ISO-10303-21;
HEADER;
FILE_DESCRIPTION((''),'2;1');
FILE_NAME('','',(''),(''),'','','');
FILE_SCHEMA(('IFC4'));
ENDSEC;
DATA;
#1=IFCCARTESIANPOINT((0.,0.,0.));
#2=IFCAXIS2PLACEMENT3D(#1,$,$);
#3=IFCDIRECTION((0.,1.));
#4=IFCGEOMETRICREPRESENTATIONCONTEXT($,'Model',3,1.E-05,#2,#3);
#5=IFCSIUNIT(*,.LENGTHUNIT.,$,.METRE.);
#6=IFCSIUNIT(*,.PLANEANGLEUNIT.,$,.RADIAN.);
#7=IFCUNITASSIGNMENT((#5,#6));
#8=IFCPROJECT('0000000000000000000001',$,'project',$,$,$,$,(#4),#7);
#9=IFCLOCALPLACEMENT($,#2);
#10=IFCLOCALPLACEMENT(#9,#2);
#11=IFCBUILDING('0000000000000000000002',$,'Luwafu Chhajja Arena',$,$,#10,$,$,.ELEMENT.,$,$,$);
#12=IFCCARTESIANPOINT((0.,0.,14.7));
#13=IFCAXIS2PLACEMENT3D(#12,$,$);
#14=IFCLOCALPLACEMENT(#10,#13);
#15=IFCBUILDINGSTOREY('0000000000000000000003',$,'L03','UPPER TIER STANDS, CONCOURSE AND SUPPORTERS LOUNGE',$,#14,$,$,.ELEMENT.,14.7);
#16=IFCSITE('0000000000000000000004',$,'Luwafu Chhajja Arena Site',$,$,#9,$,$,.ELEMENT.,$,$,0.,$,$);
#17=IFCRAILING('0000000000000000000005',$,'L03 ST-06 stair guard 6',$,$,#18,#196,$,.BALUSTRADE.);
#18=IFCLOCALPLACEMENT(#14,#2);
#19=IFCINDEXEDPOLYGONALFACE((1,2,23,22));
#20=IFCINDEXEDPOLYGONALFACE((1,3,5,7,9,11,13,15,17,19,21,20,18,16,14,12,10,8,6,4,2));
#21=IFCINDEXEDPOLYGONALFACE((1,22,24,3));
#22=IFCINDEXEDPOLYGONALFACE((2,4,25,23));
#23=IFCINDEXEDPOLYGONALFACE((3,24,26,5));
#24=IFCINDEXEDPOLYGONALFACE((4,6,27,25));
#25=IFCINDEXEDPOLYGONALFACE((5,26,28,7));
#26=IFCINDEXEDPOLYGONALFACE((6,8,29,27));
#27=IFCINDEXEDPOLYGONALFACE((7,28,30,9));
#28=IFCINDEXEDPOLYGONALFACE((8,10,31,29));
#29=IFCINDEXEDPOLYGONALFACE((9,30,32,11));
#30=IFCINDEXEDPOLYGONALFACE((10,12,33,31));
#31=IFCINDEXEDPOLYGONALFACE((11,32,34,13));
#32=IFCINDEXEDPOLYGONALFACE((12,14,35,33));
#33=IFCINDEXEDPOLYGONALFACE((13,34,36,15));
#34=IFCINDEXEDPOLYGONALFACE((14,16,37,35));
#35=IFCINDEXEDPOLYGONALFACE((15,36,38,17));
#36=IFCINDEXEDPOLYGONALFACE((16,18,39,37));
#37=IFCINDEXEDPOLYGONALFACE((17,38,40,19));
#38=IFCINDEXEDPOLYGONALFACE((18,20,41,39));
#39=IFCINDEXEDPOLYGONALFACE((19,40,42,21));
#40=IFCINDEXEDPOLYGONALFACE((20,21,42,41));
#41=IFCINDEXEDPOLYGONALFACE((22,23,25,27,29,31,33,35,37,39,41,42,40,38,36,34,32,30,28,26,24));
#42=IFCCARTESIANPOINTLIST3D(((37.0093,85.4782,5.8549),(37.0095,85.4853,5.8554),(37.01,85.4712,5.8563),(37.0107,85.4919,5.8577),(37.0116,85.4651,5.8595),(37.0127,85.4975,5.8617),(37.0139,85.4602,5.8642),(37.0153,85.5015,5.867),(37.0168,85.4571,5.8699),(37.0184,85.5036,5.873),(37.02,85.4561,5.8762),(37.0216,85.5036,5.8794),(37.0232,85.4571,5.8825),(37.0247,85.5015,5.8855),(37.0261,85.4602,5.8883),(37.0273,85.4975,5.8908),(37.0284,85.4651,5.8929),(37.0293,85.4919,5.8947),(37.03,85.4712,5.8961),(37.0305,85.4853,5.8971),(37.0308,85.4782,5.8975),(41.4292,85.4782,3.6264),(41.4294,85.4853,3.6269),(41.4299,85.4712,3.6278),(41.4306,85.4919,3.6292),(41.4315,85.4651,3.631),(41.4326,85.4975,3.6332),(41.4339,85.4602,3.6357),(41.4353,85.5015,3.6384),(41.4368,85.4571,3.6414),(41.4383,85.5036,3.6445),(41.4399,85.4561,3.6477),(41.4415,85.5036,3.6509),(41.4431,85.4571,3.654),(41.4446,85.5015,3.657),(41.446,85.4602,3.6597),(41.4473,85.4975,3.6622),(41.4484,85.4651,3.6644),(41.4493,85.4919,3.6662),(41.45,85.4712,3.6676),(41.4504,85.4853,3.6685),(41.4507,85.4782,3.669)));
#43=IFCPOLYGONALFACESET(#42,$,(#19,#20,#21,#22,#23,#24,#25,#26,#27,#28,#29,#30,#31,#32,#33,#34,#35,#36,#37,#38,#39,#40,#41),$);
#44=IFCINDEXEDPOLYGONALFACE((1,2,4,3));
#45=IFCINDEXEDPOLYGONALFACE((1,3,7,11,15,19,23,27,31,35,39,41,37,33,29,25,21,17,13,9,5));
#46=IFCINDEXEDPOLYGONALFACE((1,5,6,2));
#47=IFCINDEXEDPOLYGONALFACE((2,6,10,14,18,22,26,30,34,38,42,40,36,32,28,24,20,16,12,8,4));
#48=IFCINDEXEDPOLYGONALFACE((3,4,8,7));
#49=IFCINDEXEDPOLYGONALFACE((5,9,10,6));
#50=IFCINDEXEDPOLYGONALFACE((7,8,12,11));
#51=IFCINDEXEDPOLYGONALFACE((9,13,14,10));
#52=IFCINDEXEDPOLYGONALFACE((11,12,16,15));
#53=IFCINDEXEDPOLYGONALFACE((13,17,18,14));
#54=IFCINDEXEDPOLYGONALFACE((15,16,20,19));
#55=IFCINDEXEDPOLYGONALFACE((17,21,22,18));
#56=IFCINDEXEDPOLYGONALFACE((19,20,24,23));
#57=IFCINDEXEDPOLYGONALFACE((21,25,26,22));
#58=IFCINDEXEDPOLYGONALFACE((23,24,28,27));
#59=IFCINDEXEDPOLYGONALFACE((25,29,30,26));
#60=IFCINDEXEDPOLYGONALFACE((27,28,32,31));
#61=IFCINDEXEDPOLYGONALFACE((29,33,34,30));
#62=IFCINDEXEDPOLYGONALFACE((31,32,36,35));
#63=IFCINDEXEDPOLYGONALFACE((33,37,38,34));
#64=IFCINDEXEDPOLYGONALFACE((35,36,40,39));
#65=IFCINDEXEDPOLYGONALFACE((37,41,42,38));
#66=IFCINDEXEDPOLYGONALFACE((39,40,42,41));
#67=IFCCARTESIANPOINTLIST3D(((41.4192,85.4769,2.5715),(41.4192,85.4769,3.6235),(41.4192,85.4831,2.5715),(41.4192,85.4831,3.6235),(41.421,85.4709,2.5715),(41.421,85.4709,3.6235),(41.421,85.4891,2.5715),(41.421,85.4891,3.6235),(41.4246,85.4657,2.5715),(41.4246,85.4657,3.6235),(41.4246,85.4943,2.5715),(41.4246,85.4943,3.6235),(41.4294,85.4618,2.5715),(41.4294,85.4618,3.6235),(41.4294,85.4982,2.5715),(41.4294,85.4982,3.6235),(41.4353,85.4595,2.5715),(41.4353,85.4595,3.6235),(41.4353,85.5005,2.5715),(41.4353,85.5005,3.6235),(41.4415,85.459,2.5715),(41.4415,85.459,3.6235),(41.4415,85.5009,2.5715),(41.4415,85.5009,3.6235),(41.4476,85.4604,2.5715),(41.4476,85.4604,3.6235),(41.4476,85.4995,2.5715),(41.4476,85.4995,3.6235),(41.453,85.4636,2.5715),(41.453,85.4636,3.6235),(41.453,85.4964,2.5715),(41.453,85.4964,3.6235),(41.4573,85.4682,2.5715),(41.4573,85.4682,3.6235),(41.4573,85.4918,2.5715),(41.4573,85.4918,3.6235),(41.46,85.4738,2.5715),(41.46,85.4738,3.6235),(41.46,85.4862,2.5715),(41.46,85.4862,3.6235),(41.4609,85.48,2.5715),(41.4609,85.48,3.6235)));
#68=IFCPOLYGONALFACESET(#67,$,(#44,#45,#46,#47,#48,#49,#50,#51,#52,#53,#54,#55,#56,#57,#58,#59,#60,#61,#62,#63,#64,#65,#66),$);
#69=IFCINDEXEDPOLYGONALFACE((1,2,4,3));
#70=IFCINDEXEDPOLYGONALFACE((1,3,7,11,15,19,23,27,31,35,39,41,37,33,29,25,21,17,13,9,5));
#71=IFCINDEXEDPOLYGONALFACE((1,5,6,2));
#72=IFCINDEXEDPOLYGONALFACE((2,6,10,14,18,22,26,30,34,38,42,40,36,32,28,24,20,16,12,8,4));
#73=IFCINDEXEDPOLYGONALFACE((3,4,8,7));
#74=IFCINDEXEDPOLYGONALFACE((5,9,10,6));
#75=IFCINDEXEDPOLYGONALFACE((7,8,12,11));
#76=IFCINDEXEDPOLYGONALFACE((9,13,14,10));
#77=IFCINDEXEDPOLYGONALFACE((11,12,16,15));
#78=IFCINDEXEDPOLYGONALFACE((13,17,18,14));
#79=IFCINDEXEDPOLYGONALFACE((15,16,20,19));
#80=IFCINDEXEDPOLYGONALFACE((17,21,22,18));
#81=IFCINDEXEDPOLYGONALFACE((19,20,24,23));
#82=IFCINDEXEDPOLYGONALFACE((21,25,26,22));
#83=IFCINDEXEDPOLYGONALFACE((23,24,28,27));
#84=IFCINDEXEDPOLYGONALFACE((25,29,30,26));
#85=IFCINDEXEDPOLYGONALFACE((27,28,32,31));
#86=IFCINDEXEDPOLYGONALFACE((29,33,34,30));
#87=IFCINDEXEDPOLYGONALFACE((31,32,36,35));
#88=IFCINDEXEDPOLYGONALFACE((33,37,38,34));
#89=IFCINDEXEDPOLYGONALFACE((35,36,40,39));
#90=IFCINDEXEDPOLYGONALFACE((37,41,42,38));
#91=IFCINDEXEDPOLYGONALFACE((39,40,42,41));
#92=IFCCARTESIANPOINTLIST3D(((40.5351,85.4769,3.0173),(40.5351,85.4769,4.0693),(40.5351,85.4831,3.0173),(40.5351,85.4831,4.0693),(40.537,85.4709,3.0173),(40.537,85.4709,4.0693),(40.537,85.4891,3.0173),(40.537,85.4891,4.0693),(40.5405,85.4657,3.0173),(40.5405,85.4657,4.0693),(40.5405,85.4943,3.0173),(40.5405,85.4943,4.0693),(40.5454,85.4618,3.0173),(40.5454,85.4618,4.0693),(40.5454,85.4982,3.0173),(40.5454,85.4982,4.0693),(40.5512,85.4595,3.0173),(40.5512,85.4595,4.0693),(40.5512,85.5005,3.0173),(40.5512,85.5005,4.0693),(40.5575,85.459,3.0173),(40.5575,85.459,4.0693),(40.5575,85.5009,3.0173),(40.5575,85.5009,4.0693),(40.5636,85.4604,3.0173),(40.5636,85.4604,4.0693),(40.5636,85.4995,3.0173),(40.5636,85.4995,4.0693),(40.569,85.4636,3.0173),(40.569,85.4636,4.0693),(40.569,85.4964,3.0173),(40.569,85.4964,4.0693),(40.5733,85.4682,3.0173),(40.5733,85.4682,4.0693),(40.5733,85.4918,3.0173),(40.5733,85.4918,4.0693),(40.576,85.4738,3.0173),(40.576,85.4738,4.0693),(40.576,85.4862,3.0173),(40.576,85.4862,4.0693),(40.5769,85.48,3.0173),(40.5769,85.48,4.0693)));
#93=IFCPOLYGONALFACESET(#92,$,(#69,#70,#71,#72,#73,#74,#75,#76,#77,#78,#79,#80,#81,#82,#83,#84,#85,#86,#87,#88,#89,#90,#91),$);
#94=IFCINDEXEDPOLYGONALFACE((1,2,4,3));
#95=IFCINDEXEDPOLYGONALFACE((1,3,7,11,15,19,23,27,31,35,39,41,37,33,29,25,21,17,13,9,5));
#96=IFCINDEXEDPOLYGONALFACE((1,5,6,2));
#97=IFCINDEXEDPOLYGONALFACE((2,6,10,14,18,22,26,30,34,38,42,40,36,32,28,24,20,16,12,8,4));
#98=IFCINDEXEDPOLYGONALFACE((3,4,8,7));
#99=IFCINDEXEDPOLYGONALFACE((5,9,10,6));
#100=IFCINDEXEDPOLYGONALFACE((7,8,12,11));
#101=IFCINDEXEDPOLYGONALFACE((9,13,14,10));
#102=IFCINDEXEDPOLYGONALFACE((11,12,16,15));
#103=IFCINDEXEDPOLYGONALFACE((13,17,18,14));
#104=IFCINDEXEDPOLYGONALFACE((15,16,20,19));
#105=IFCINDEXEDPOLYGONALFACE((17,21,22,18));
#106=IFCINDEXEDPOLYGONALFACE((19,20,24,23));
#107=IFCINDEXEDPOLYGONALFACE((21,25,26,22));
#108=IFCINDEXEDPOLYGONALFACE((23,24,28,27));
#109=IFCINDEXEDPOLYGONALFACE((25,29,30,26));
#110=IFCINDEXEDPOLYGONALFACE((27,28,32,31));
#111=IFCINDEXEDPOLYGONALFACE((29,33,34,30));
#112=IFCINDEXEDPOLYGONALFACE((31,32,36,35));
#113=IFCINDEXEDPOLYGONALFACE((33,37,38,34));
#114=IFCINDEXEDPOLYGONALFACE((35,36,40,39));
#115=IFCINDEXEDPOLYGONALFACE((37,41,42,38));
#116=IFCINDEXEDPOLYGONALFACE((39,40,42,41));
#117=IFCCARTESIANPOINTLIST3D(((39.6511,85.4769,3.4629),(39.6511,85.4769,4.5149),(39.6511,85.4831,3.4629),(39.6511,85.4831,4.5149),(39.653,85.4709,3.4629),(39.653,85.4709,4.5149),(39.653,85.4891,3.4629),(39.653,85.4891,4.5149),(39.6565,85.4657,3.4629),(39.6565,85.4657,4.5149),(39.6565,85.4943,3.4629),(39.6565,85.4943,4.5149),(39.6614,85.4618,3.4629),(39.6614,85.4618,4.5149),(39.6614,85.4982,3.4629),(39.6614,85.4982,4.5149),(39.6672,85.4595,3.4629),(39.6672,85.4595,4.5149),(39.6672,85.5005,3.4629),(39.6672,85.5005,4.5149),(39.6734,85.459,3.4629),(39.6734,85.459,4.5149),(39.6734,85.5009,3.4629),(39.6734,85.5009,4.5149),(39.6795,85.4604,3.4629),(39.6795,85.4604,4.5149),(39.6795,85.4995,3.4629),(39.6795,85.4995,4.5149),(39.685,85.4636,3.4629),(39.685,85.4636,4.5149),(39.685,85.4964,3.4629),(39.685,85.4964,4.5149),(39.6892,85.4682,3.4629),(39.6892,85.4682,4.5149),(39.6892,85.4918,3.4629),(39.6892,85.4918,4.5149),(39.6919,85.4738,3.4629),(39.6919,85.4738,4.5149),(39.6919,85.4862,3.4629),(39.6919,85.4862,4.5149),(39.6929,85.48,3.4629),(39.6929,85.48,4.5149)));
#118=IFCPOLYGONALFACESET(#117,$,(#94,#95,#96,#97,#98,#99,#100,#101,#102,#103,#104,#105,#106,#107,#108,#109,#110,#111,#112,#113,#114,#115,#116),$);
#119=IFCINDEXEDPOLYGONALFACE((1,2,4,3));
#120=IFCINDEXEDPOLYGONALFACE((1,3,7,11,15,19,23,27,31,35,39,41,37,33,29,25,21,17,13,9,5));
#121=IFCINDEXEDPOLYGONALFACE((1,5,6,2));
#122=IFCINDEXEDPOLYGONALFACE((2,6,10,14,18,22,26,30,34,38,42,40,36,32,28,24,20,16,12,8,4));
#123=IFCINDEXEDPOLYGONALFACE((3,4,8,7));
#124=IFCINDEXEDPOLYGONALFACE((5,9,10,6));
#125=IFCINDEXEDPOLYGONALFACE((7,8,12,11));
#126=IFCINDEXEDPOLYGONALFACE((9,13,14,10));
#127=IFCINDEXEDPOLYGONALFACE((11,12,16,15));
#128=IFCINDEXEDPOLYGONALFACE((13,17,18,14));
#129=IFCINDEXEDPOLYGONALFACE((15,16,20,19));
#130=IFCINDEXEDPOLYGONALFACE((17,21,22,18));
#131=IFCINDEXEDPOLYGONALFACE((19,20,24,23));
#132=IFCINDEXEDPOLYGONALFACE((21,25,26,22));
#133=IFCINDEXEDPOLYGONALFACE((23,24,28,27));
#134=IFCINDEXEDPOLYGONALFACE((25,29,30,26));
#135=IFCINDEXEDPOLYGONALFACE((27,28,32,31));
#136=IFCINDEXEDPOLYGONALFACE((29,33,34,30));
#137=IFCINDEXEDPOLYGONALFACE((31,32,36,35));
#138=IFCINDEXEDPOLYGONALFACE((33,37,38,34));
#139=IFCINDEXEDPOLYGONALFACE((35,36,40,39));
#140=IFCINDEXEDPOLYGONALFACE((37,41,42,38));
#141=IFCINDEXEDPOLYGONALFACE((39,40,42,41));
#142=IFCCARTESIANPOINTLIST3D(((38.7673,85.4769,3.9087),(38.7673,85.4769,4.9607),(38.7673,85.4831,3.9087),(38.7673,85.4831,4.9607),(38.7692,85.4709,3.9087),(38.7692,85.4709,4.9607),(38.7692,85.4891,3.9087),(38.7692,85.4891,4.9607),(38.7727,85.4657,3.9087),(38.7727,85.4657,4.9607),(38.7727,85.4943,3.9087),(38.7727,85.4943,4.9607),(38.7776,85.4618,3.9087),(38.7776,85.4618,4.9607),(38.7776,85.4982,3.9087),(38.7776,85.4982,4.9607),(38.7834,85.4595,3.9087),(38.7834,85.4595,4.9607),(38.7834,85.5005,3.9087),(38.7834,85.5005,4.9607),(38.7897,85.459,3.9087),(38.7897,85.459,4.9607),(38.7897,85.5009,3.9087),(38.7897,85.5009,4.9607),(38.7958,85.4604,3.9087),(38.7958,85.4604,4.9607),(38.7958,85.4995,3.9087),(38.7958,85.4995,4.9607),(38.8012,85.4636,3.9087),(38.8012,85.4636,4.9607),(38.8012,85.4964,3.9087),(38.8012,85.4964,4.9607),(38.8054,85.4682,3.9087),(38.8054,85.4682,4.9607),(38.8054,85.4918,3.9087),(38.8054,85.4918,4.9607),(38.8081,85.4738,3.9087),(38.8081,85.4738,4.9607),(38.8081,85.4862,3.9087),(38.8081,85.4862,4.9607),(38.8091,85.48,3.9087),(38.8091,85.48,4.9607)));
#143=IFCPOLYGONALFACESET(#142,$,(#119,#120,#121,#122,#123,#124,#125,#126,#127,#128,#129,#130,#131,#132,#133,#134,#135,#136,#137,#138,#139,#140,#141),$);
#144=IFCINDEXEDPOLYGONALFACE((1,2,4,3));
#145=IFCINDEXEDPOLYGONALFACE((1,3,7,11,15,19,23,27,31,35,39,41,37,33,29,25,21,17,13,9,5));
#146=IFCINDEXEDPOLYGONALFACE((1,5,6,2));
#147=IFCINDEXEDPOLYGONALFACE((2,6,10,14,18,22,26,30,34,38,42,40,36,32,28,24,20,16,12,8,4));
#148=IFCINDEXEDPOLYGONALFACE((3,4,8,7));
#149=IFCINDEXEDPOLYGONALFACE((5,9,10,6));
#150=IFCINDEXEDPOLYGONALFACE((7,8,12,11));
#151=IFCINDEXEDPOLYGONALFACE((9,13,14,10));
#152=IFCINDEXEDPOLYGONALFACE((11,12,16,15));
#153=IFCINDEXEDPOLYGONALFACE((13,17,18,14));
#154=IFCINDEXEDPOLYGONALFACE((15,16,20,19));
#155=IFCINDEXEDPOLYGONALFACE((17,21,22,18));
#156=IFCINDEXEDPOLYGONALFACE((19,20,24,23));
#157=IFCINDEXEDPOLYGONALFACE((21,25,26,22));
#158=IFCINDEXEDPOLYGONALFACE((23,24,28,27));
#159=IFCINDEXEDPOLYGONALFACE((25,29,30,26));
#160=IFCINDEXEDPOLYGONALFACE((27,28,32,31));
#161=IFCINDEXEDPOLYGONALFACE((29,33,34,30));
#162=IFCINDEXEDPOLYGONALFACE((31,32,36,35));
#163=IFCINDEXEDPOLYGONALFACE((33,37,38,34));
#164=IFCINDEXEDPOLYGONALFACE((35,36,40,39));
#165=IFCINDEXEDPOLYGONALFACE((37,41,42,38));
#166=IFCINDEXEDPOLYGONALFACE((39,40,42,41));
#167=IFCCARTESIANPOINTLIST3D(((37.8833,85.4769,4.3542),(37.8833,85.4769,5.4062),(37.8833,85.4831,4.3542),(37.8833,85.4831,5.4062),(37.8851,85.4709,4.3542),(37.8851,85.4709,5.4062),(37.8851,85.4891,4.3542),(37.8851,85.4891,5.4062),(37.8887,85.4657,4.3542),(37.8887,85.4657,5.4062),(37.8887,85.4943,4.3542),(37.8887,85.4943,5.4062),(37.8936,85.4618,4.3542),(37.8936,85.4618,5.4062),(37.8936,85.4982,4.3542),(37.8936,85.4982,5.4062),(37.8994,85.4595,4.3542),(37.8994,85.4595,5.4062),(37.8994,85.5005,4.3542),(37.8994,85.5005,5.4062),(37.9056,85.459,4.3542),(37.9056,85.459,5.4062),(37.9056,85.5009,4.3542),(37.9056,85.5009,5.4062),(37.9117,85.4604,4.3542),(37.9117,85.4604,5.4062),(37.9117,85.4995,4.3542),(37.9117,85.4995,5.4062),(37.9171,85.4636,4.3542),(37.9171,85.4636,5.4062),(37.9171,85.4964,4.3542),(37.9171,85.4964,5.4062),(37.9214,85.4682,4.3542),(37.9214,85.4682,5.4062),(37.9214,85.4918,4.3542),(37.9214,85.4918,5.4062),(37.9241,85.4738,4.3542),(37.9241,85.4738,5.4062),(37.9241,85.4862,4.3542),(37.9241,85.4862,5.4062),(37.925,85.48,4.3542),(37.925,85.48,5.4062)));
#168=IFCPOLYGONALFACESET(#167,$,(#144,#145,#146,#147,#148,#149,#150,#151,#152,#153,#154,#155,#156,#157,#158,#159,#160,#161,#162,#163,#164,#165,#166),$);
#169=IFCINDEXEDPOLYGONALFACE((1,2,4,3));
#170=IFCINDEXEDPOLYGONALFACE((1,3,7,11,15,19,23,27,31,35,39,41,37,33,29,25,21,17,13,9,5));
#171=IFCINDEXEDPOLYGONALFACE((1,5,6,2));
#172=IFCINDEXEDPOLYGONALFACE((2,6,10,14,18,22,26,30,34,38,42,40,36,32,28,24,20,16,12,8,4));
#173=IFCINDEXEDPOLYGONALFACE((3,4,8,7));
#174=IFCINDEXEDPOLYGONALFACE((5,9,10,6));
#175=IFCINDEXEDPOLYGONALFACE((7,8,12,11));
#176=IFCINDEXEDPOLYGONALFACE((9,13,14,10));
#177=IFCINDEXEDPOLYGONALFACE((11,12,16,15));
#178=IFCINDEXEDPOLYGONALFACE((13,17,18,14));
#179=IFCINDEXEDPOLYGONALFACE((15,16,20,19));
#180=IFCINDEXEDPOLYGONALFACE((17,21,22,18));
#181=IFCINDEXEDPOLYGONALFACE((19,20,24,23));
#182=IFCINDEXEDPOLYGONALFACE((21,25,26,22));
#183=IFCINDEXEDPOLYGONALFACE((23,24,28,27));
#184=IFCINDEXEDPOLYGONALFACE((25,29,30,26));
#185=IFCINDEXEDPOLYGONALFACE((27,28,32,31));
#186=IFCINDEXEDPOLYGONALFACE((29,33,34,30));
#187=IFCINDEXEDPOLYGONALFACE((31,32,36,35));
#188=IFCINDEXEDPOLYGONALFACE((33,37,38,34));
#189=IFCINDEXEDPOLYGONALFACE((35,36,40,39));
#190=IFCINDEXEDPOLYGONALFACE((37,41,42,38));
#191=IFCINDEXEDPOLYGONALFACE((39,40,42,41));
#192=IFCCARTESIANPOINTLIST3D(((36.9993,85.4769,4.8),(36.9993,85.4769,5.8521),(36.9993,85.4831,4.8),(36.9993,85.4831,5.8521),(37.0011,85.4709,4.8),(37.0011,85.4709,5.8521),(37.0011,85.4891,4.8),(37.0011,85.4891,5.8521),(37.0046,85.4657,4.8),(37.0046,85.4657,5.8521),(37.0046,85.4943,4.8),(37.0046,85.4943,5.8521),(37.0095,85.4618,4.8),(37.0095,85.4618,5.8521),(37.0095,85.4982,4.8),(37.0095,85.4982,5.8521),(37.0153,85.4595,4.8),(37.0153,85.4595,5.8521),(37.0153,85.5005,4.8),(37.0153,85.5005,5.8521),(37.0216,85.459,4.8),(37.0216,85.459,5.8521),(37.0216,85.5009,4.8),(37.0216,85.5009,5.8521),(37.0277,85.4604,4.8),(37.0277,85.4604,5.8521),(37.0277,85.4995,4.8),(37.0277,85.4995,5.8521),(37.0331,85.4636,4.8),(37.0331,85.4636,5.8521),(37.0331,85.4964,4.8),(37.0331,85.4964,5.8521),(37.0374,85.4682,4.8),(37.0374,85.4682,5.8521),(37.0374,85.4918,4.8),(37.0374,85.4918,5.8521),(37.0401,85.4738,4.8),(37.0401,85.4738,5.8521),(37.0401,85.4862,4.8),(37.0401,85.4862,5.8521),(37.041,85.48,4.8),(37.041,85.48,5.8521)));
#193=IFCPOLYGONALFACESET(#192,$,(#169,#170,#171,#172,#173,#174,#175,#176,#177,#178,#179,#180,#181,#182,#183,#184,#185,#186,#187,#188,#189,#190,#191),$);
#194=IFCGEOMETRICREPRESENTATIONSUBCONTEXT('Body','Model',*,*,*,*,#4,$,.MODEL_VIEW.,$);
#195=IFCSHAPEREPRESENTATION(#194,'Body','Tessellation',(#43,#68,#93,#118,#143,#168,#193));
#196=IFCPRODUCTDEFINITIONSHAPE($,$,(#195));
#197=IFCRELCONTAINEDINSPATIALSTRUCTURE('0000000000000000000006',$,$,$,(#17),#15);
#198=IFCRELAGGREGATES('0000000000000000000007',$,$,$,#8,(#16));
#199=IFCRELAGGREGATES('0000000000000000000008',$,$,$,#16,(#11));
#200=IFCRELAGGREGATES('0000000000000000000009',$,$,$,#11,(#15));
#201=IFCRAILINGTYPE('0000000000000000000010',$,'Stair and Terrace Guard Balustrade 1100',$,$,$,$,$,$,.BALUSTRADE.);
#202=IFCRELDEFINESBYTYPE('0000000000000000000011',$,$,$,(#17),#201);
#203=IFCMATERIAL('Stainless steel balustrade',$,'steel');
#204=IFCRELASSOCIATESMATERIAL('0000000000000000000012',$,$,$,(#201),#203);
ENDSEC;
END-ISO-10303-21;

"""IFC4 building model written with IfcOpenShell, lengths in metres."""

from ifc_helpers import new_model, si_unit, direction, frame, origin, origin_2d, place, context, subcontext, project, spatial, circle, extrude, material, type_object, element, save


model = new_model("IFC4")

# Units and contexts
model_context = context("Model", 3, precision=1e-05, world=origin(), true_north=direction((0.0, 1.0)))
body_context = subcontext(model_context, "Body", "Model", "MODEL_VIEW")
ifc_project = project(units=[si_unit("LENGTHUNIT", "METRE"), si_unit("PLANEANGLEUNIT", "RADIAN")], contexts=[model_context])

# Site, building, storey
site_placement = place(None, origin())
site = spatial("IfcSite", under=ifc_project, at=site_placement, Name="Luwafu Chhajja Arena Site", CompositionType="ELEMENT", RefElevation=0.0)
building_placement = place(site_placement, origin())
building = spatial("IfcBuilding", under=site, at=building_placement, Name="Luwafu Chhajja Arena", CompositionType="ELEMENT")
storey_placement = place(building_placement, frame((0.0, 0.0, 14.7)))
storey = spatial("IfcBuildingStorey", under=building, at=storey_placement, Name="L03", Description="UPPER TIER STANDS, CONCOURSE AND SUPPORTERS LOUNGE", CompositionType="ELEMENT", Elevation=14.7)

# Railing
ifc_material_1 = material(Name="Stainless steel balustrade", Category="steel")
railing_type_1 = type_object("IfcRailingType", Name="Stair and Terrace Guard Balustrade 1100", PredefinedType="BALUSTRADE", material=ifc_material_1)
railing_1_placement = place(storey_placement, frame((41.4399, 85.48, 2.5715)))
element("IfcRailing", 1, at=railing_1_placement, inside=storey, type_object=railing_type_1, Name="L03 ST-06 stair guard 6", PredefinedType="BALUSTRADE", context=body_context, shape_type="SweptSolid", body=[
    extrude(circle(Radius=0.0239, at=origin_2d()), frame((0.0, 0.0, 1.0762), z_axis=(-0.892923, 0.0, 0.45021), x_axis=(0.0, -1.0, 0.0)), (0.0, 0.0, 1.0), 4.95),
    extrude(circle(Radius=0.021, at=origin_2d()), origin(), (0.0, 0.0, 1.0), 1.052),
    extrude(circle(Radius=0.021, at=origin_2d()), frame((-0.884, 0.0, 0.4458)), (0.0, 0.0, 1.0), 1.052),
    extrude(circle(Radius=0.021, at=origin_2d()), frame((-1.7681, 0.0, 0.8914)), (0.0, 0.0, 1.0), 1.052),
    extrude(circle(Radius=0.021, at=origin_2d()), frame((-2.6519, 0.0, 1.3372)), (0.0, 0.0, 1.0), 1.052),
    extrude(circle(Radius=0.021, at=origin_2d()), frame((-3.5359, 0.0, 1.7827)), (0.0, 0.0, 1.0), 1.052),
    extrude(circle(Radius=0.021, at=origin_2d()), frame((-4.4199, 0.0, 2.2285)), (0.0, 0.0, 1.0), 1.052),
])

save(model, "model.ifc")
